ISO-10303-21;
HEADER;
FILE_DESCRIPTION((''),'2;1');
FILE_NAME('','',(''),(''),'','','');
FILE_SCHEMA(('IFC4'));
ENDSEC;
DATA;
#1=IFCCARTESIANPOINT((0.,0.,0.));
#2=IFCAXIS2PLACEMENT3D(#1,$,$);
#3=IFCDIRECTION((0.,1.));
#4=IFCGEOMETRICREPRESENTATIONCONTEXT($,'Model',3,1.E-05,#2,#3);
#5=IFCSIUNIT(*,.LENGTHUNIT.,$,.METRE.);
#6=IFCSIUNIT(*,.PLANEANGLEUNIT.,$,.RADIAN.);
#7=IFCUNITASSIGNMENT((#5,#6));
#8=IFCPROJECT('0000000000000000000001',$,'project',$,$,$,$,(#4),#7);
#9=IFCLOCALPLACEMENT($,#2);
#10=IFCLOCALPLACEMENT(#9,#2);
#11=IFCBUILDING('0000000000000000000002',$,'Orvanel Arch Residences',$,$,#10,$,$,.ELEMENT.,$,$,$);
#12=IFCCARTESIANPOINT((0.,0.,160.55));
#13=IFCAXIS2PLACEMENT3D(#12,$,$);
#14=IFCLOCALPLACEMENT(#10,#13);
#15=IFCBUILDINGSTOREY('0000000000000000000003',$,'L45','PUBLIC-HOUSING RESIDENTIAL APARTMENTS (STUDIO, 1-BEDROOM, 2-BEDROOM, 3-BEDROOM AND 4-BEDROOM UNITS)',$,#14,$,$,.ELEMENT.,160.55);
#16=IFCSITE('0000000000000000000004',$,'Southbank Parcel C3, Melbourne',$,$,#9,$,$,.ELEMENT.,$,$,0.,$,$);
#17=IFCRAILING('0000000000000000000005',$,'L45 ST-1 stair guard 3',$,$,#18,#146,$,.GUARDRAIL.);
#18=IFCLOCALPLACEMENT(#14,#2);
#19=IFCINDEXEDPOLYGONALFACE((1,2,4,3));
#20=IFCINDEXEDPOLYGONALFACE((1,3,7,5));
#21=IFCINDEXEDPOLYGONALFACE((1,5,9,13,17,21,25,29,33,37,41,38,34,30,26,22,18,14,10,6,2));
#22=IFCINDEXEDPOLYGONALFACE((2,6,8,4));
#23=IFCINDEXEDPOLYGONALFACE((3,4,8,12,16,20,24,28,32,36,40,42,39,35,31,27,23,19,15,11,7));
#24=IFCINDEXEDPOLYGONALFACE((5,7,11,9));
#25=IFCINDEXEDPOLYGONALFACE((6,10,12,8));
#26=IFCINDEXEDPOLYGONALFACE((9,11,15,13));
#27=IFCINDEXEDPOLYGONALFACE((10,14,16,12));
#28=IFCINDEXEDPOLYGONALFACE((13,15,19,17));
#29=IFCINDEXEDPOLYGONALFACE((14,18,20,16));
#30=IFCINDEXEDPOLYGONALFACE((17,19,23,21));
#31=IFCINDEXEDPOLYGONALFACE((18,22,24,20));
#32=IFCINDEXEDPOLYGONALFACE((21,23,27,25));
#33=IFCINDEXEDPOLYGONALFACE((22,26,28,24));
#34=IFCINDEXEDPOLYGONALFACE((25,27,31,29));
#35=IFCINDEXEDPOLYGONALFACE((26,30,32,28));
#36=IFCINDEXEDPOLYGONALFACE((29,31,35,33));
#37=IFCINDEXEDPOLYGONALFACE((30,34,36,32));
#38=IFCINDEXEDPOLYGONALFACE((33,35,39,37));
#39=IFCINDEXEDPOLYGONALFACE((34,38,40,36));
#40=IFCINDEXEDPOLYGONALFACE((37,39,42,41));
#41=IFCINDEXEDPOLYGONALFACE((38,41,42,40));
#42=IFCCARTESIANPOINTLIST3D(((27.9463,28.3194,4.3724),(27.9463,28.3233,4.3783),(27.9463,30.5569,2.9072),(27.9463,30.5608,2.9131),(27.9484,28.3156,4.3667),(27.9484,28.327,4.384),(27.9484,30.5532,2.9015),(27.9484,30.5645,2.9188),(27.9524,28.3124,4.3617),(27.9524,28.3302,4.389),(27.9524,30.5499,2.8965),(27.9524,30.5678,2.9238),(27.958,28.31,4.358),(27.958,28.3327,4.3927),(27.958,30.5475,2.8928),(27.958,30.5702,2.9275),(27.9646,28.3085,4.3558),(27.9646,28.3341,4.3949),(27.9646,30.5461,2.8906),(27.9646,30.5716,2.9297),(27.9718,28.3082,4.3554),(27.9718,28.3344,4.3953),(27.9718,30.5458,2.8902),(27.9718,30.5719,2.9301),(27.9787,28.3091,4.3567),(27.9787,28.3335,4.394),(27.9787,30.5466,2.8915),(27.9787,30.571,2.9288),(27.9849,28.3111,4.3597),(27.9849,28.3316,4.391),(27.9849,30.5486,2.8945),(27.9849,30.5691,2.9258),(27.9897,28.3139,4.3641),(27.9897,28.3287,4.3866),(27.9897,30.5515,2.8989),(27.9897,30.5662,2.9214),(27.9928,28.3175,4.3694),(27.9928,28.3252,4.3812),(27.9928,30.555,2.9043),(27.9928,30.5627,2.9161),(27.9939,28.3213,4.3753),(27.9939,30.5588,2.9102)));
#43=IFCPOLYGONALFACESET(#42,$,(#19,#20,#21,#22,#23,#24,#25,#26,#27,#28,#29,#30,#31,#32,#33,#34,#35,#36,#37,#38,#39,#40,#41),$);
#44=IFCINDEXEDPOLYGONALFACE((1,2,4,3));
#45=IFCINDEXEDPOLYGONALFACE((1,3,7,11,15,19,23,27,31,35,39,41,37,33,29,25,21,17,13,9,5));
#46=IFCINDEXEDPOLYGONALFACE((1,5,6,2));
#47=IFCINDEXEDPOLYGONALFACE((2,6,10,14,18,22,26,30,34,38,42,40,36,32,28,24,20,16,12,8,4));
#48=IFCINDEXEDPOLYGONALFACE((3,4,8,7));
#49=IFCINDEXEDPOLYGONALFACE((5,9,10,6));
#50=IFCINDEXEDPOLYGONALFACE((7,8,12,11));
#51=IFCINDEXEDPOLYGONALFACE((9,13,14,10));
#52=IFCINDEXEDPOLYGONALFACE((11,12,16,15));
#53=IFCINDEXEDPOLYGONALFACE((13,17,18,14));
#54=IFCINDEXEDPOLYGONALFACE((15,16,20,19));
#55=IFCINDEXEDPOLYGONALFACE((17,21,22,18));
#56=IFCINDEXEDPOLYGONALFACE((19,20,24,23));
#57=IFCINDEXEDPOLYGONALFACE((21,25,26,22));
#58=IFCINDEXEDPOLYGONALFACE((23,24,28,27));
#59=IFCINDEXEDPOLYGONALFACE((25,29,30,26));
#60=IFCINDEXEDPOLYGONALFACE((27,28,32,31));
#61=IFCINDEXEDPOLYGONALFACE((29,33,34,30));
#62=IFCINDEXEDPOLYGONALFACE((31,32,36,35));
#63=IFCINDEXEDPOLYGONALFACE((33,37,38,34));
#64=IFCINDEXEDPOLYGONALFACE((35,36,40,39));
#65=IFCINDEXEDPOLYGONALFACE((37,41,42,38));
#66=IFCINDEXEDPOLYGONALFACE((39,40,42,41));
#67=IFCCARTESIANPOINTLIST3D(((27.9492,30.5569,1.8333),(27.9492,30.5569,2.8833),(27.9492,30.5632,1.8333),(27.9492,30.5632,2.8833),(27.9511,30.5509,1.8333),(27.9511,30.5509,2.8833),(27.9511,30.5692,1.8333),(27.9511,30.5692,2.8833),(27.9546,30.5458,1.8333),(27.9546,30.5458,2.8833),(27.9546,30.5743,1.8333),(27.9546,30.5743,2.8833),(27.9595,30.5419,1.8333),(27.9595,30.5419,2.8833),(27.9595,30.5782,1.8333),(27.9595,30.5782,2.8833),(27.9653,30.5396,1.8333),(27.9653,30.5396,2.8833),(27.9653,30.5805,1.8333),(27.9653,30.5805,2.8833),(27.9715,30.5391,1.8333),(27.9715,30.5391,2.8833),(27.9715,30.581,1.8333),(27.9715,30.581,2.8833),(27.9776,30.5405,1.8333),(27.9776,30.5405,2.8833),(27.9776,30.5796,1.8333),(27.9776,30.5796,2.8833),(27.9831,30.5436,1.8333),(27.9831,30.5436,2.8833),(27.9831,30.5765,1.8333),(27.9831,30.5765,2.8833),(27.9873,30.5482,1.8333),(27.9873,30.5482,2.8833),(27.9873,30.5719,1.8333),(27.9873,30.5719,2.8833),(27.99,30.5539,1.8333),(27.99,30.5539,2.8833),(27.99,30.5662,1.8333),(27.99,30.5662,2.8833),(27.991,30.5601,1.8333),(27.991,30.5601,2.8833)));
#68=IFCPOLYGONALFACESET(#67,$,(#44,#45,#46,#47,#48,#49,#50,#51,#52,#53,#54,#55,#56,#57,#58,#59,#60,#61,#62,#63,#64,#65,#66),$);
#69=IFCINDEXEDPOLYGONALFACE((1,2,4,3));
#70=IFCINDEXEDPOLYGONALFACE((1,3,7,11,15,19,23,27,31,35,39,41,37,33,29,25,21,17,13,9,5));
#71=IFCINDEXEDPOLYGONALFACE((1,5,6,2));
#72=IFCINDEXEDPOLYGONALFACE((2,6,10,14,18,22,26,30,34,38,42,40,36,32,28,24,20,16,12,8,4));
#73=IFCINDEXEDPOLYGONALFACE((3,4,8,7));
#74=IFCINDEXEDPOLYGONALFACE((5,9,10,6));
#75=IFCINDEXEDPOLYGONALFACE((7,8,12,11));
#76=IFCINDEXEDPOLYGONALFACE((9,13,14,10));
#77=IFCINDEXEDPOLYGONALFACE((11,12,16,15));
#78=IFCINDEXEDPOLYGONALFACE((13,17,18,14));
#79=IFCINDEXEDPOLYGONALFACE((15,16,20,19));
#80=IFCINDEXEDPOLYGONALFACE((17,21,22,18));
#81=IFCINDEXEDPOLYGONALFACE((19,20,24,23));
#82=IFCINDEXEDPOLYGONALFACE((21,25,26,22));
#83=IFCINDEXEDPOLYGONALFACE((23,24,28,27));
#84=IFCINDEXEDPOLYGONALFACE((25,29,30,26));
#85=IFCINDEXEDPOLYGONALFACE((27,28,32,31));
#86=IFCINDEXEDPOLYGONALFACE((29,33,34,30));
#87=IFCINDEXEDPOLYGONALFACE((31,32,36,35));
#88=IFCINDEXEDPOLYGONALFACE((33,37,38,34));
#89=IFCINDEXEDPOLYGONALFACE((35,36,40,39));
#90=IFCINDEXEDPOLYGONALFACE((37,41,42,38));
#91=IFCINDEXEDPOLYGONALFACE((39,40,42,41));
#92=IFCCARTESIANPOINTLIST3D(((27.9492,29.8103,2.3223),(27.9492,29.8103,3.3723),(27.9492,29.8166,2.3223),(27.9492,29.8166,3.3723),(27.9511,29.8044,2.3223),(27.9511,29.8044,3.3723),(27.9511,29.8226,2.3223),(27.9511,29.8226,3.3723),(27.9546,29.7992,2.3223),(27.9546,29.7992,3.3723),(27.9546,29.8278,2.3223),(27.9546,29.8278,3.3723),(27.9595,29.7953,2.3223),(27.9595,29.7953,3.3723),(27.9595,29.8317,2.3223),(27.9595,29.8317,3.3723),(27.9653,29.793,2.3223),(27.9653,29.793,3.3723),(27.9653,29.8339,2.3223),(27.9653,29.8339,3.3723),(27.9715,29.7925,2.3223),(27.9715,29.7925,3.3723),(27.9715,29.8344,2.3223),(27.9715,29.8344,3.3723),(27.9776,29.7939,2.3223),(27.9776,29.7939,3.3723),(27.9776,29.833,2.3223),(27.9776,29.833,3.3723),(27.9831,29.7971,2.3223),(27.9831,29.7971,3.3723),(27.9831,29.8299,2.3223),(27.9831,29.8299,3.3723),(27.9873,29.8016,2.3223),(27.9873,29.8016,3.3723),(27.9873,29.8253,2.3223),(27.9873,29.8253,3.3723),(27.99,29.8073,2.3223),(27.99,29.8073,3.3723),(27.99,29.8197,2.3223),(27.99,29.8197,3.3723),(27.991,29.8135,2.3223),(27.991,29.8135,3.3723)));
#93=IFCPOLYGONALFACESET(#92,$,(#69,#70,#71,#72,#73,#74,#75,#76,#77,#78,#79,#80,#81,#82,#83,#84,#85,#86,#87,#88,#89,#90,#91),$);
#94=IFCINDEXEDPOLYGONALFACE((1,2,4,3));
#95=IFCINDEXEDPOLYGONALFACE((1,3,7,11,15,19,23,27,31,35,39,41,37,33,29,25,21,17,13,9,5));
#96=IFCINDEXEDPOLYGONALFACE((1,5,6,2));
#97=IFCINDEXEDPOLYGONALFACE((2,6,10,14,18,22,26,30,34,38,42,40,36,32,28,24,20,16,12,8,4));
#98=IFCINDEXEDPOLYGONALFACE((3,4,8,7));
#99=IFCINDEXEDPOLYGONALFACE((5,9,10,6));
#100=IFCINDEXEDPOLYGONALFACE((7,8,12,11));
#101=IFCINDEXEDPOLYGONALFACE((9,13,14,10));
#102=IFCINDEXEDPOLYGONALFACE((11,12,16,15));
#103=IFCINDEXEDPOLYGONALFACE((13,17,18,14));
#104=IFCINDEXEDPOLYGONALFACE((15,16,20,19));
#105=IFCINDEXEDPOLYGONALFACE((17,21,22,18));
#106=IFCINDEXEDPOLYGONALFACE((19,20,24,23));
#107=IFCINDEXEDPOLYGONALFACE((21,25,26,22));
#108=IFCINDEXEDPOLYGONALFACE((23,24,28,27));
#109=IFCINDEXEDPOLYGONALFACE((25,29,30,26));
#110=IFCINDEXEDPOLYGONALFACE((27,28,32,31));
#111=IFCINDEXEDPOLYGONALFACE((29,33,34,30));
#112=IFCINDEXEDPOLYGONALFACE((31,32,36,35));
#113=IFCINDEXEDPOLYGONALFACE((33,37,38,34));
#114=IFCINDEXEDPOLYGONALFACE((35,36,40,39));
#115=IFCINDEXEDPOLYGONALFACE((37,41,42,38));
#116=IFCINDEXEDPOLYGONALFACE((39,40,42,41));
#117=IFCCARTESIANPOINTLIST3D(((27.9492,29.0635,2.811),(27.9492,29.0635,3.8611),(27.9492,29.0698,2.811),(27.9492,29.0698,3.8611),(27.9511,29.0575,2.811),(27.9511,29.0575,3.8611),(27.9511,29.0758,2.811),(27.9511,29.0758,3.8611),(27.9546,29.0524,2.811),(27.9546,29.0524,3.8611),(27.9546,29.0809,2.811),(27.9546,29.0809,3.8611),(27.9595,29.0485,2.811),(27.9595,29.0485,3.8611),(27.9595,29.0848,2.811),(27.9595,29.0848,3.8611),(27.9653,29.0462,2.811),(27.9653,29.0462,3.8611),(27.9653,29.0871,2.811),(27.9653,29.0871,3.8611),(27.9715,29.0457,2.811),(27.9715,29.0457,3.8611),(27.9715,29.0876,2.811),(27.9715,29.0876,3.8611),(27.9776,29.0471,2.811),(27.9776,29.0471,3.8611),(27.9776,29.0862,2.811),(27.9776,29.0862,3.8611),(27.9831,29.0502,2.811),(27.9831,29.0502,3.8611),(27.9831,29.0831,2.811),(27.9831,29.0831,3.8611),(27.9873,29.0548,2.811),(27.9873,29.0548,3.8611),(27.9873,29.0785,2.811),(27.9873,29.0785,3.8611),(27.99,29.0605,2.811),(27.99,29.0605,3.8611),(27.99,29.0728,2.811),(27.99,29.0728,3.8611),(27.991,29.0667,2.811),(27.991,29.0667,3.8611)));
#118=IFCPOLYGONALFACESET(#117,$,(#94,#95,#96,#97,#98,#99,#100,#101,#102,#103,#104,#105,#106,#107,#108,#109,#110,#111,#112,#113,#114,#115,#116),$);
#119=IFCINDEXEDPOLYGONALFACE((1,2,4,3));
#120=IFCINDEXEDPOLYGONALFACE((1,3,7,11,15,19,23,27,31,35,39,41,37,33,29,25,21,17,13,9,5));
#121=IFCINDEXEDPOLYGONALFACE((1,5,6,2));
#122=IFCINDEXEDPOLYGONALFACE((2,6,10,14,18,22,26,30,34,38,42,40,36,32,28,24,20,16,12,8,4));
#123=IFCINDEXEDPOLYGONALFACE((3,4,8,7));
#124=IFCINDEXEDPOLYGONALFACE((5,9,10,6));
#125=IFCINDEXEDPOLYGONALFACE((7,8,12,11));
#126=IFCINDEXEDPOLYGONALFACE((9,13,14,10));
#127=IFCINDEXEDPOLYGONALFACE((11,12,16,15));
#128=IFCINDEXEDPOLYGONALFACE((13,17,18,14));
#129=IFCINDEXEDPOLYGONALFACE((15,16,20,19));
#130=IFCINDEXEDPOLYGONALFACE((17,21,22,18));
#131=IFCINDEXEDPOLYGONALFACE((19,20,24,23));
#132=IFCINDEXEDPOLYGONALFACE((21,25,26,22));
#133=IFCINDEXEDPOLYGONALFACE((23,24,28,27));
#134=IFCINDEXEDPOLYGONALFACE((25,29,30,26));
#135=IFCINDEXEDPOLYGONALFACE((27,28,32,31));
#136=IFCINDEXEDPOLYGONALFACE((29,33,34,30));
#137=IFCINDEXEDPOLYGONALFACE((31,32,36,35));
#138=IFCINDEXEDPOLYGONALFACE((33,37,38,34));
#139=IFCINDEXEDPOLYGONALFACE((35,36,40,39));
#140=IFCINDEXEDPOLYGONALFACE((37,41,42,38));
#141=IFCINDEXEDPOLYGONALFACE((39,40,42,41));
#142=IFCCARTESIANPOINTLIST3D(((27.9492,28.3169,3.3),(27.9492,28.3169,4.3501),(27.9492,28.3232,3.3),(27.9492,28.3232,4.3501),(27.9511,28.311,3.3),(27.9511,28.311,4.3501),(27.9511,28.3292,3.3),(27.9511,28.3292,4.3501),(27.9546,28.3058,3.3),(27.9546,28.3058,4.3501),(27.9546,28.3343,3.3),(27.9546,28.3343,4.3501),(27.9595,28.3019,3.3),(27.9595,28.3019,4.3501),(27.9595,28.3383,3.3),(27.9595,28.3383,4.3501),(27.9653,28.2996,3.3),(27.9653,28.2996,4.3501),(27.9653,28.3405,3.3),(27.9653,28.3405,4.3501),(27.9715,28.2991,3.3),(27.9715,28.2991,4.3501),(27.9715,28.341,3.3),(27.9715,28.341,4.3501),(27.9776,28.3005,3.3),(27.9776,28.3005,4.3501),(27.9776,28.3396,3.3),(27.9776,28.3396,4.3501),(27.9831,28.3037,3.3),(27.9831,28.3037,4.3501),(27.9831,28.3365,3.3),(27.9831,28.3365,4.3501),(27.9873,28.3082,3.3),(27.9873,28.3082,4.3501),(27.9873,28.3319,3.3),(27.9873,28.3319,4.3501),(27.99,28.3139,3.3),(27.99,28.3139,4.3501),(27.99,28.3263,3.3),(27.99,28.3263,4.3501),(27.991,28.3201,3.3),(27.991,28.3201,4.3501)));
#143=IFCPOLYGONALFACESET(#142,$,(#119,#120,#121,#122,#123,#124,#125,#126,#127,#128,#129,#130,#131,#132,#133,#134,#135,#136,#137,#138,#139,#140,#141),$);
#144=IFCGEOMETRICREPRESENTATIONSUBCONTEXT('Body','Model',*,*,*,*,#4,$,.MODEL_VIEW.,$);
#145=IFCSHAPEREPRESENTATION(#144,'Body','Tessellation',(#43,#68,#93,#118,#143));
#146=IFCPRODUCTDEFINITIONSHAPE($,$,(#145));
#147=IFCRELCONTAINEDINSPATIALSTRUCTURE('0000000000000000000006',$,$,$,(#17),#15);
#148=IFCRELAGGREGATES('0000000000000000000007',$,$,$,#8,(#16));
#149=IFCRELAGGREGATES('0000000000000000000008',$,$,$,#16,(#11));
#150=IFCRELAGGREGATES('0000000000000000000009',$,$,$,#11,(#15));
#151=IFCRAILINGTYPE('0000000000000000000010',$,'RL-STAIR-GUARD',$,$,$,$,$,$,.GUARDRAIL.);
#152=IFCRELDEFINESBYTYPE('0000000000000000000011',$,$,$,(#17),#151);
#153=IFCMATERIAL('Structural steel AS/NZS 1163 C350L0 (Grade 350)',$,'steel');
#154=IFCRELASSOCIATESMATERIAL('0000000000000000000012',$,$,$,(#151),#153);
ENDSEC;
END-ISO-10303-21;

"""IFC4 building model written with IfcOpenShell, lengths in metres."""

from ifc_helpers import new_model, si_unit, direction, frame, origin, origin_2d, place, context, subcontext, project, spatial, circle, extrude, material, type_object, element, save


model = new_model("IFC4")

# Units and contexts
model_context = context("Model", 3, precision=1e-05, world=origin(), true_north=direction((0.0, 1.0)))
body_context = subcontext(model_context, "Body", "Model", "MODEL_VIEW")
ifc_project = project(units=[si_unit("LENGTHUNIT", "METRE"), si_unit("PLANEANGLEUNIT", "RADIAN")], contexts=[model_context])

# Site, building, storey
site_placement = place(None, origin())
site = spatial("IfcSite", under=ifc_project, at=site_placement, Name="Southbank Parcel C3, Melbourne", CompositionType="ELEMENT", RefElevation=0.0)
building_placement = place(site_placement, origin())
building = spatial("IfcBuilding", under=site, at=building_placement, Name="Orvanel Arch Residences", CompositionType="ELEMENT")
storey_placement = place(building_placement, frame((0.0, 0.0, 160.55)))
storey = spatial("IfcBuildingStorey", under=building, at=storey_placement, Name="L45", Description="PUBLIC-HOUSING RESIDENTIAL APARTMENTS (STUDIO, 1-BEDROOM, 2-BEDROOM, 3-BEDROOM AND 4-BEDROOM UNITS)", CompositionType="ELEMENT", Elevation=160.55)

# Railing
ifc_material_1 = material(Name="Structural steel AS/NZS 1163 C350L0 (Grade 350)", Category="steel")
railing_type_1 = type_object("IfcRailingType", Name="RL-STAIR-GUARD", PredefinedType="GUARDRAIL", material=ifc_material_1)
railing_1_placement = place(storey_placement, frame((27.97, 30.5601, 1.8333)))
element("IfcRailing", 1, at=railing_1_placement, inside=storey, type_object=railing_type_1, Name="L45 ST-1 stair guard 3", PredefinedType="GUARDRAIL", context=body_context, shape_type="SweptSolid", body=[
    extrude(circle(Radius=0.0239, at=origin_2d()), frame((0.0, -0.0012, 1.0769), z_axis=(0.0, -0.836595, 0.547822), x_axis=(1.0, 0.0, 0.0)), (0.0, 0.0, 1.0), 2.6746),
    extrude(circle(Radius=0.021, at=origin_2d()), origin(), (0.0, 0.0, 1.0), 1.05),
    extrude(circle(Radius=0.021, at=origin_2d()), frame((0.0, -0.7466, 0.489)), (0.0, 0.0, 1.0), 1.05),
    extrude(circle(Radius=0.021, at=origin_2d()), frame((0.0, -1.4934, 0.9778)), (0.0, 0.0, 1.0), 1.05),
    extrude(circle(Radius=0.021, at=origin_2d()), frame((0.0, -2.24, 1.4668)), (0.0, 0.0, 1.0), 1.05),
])

save(model, "model.ifc")
